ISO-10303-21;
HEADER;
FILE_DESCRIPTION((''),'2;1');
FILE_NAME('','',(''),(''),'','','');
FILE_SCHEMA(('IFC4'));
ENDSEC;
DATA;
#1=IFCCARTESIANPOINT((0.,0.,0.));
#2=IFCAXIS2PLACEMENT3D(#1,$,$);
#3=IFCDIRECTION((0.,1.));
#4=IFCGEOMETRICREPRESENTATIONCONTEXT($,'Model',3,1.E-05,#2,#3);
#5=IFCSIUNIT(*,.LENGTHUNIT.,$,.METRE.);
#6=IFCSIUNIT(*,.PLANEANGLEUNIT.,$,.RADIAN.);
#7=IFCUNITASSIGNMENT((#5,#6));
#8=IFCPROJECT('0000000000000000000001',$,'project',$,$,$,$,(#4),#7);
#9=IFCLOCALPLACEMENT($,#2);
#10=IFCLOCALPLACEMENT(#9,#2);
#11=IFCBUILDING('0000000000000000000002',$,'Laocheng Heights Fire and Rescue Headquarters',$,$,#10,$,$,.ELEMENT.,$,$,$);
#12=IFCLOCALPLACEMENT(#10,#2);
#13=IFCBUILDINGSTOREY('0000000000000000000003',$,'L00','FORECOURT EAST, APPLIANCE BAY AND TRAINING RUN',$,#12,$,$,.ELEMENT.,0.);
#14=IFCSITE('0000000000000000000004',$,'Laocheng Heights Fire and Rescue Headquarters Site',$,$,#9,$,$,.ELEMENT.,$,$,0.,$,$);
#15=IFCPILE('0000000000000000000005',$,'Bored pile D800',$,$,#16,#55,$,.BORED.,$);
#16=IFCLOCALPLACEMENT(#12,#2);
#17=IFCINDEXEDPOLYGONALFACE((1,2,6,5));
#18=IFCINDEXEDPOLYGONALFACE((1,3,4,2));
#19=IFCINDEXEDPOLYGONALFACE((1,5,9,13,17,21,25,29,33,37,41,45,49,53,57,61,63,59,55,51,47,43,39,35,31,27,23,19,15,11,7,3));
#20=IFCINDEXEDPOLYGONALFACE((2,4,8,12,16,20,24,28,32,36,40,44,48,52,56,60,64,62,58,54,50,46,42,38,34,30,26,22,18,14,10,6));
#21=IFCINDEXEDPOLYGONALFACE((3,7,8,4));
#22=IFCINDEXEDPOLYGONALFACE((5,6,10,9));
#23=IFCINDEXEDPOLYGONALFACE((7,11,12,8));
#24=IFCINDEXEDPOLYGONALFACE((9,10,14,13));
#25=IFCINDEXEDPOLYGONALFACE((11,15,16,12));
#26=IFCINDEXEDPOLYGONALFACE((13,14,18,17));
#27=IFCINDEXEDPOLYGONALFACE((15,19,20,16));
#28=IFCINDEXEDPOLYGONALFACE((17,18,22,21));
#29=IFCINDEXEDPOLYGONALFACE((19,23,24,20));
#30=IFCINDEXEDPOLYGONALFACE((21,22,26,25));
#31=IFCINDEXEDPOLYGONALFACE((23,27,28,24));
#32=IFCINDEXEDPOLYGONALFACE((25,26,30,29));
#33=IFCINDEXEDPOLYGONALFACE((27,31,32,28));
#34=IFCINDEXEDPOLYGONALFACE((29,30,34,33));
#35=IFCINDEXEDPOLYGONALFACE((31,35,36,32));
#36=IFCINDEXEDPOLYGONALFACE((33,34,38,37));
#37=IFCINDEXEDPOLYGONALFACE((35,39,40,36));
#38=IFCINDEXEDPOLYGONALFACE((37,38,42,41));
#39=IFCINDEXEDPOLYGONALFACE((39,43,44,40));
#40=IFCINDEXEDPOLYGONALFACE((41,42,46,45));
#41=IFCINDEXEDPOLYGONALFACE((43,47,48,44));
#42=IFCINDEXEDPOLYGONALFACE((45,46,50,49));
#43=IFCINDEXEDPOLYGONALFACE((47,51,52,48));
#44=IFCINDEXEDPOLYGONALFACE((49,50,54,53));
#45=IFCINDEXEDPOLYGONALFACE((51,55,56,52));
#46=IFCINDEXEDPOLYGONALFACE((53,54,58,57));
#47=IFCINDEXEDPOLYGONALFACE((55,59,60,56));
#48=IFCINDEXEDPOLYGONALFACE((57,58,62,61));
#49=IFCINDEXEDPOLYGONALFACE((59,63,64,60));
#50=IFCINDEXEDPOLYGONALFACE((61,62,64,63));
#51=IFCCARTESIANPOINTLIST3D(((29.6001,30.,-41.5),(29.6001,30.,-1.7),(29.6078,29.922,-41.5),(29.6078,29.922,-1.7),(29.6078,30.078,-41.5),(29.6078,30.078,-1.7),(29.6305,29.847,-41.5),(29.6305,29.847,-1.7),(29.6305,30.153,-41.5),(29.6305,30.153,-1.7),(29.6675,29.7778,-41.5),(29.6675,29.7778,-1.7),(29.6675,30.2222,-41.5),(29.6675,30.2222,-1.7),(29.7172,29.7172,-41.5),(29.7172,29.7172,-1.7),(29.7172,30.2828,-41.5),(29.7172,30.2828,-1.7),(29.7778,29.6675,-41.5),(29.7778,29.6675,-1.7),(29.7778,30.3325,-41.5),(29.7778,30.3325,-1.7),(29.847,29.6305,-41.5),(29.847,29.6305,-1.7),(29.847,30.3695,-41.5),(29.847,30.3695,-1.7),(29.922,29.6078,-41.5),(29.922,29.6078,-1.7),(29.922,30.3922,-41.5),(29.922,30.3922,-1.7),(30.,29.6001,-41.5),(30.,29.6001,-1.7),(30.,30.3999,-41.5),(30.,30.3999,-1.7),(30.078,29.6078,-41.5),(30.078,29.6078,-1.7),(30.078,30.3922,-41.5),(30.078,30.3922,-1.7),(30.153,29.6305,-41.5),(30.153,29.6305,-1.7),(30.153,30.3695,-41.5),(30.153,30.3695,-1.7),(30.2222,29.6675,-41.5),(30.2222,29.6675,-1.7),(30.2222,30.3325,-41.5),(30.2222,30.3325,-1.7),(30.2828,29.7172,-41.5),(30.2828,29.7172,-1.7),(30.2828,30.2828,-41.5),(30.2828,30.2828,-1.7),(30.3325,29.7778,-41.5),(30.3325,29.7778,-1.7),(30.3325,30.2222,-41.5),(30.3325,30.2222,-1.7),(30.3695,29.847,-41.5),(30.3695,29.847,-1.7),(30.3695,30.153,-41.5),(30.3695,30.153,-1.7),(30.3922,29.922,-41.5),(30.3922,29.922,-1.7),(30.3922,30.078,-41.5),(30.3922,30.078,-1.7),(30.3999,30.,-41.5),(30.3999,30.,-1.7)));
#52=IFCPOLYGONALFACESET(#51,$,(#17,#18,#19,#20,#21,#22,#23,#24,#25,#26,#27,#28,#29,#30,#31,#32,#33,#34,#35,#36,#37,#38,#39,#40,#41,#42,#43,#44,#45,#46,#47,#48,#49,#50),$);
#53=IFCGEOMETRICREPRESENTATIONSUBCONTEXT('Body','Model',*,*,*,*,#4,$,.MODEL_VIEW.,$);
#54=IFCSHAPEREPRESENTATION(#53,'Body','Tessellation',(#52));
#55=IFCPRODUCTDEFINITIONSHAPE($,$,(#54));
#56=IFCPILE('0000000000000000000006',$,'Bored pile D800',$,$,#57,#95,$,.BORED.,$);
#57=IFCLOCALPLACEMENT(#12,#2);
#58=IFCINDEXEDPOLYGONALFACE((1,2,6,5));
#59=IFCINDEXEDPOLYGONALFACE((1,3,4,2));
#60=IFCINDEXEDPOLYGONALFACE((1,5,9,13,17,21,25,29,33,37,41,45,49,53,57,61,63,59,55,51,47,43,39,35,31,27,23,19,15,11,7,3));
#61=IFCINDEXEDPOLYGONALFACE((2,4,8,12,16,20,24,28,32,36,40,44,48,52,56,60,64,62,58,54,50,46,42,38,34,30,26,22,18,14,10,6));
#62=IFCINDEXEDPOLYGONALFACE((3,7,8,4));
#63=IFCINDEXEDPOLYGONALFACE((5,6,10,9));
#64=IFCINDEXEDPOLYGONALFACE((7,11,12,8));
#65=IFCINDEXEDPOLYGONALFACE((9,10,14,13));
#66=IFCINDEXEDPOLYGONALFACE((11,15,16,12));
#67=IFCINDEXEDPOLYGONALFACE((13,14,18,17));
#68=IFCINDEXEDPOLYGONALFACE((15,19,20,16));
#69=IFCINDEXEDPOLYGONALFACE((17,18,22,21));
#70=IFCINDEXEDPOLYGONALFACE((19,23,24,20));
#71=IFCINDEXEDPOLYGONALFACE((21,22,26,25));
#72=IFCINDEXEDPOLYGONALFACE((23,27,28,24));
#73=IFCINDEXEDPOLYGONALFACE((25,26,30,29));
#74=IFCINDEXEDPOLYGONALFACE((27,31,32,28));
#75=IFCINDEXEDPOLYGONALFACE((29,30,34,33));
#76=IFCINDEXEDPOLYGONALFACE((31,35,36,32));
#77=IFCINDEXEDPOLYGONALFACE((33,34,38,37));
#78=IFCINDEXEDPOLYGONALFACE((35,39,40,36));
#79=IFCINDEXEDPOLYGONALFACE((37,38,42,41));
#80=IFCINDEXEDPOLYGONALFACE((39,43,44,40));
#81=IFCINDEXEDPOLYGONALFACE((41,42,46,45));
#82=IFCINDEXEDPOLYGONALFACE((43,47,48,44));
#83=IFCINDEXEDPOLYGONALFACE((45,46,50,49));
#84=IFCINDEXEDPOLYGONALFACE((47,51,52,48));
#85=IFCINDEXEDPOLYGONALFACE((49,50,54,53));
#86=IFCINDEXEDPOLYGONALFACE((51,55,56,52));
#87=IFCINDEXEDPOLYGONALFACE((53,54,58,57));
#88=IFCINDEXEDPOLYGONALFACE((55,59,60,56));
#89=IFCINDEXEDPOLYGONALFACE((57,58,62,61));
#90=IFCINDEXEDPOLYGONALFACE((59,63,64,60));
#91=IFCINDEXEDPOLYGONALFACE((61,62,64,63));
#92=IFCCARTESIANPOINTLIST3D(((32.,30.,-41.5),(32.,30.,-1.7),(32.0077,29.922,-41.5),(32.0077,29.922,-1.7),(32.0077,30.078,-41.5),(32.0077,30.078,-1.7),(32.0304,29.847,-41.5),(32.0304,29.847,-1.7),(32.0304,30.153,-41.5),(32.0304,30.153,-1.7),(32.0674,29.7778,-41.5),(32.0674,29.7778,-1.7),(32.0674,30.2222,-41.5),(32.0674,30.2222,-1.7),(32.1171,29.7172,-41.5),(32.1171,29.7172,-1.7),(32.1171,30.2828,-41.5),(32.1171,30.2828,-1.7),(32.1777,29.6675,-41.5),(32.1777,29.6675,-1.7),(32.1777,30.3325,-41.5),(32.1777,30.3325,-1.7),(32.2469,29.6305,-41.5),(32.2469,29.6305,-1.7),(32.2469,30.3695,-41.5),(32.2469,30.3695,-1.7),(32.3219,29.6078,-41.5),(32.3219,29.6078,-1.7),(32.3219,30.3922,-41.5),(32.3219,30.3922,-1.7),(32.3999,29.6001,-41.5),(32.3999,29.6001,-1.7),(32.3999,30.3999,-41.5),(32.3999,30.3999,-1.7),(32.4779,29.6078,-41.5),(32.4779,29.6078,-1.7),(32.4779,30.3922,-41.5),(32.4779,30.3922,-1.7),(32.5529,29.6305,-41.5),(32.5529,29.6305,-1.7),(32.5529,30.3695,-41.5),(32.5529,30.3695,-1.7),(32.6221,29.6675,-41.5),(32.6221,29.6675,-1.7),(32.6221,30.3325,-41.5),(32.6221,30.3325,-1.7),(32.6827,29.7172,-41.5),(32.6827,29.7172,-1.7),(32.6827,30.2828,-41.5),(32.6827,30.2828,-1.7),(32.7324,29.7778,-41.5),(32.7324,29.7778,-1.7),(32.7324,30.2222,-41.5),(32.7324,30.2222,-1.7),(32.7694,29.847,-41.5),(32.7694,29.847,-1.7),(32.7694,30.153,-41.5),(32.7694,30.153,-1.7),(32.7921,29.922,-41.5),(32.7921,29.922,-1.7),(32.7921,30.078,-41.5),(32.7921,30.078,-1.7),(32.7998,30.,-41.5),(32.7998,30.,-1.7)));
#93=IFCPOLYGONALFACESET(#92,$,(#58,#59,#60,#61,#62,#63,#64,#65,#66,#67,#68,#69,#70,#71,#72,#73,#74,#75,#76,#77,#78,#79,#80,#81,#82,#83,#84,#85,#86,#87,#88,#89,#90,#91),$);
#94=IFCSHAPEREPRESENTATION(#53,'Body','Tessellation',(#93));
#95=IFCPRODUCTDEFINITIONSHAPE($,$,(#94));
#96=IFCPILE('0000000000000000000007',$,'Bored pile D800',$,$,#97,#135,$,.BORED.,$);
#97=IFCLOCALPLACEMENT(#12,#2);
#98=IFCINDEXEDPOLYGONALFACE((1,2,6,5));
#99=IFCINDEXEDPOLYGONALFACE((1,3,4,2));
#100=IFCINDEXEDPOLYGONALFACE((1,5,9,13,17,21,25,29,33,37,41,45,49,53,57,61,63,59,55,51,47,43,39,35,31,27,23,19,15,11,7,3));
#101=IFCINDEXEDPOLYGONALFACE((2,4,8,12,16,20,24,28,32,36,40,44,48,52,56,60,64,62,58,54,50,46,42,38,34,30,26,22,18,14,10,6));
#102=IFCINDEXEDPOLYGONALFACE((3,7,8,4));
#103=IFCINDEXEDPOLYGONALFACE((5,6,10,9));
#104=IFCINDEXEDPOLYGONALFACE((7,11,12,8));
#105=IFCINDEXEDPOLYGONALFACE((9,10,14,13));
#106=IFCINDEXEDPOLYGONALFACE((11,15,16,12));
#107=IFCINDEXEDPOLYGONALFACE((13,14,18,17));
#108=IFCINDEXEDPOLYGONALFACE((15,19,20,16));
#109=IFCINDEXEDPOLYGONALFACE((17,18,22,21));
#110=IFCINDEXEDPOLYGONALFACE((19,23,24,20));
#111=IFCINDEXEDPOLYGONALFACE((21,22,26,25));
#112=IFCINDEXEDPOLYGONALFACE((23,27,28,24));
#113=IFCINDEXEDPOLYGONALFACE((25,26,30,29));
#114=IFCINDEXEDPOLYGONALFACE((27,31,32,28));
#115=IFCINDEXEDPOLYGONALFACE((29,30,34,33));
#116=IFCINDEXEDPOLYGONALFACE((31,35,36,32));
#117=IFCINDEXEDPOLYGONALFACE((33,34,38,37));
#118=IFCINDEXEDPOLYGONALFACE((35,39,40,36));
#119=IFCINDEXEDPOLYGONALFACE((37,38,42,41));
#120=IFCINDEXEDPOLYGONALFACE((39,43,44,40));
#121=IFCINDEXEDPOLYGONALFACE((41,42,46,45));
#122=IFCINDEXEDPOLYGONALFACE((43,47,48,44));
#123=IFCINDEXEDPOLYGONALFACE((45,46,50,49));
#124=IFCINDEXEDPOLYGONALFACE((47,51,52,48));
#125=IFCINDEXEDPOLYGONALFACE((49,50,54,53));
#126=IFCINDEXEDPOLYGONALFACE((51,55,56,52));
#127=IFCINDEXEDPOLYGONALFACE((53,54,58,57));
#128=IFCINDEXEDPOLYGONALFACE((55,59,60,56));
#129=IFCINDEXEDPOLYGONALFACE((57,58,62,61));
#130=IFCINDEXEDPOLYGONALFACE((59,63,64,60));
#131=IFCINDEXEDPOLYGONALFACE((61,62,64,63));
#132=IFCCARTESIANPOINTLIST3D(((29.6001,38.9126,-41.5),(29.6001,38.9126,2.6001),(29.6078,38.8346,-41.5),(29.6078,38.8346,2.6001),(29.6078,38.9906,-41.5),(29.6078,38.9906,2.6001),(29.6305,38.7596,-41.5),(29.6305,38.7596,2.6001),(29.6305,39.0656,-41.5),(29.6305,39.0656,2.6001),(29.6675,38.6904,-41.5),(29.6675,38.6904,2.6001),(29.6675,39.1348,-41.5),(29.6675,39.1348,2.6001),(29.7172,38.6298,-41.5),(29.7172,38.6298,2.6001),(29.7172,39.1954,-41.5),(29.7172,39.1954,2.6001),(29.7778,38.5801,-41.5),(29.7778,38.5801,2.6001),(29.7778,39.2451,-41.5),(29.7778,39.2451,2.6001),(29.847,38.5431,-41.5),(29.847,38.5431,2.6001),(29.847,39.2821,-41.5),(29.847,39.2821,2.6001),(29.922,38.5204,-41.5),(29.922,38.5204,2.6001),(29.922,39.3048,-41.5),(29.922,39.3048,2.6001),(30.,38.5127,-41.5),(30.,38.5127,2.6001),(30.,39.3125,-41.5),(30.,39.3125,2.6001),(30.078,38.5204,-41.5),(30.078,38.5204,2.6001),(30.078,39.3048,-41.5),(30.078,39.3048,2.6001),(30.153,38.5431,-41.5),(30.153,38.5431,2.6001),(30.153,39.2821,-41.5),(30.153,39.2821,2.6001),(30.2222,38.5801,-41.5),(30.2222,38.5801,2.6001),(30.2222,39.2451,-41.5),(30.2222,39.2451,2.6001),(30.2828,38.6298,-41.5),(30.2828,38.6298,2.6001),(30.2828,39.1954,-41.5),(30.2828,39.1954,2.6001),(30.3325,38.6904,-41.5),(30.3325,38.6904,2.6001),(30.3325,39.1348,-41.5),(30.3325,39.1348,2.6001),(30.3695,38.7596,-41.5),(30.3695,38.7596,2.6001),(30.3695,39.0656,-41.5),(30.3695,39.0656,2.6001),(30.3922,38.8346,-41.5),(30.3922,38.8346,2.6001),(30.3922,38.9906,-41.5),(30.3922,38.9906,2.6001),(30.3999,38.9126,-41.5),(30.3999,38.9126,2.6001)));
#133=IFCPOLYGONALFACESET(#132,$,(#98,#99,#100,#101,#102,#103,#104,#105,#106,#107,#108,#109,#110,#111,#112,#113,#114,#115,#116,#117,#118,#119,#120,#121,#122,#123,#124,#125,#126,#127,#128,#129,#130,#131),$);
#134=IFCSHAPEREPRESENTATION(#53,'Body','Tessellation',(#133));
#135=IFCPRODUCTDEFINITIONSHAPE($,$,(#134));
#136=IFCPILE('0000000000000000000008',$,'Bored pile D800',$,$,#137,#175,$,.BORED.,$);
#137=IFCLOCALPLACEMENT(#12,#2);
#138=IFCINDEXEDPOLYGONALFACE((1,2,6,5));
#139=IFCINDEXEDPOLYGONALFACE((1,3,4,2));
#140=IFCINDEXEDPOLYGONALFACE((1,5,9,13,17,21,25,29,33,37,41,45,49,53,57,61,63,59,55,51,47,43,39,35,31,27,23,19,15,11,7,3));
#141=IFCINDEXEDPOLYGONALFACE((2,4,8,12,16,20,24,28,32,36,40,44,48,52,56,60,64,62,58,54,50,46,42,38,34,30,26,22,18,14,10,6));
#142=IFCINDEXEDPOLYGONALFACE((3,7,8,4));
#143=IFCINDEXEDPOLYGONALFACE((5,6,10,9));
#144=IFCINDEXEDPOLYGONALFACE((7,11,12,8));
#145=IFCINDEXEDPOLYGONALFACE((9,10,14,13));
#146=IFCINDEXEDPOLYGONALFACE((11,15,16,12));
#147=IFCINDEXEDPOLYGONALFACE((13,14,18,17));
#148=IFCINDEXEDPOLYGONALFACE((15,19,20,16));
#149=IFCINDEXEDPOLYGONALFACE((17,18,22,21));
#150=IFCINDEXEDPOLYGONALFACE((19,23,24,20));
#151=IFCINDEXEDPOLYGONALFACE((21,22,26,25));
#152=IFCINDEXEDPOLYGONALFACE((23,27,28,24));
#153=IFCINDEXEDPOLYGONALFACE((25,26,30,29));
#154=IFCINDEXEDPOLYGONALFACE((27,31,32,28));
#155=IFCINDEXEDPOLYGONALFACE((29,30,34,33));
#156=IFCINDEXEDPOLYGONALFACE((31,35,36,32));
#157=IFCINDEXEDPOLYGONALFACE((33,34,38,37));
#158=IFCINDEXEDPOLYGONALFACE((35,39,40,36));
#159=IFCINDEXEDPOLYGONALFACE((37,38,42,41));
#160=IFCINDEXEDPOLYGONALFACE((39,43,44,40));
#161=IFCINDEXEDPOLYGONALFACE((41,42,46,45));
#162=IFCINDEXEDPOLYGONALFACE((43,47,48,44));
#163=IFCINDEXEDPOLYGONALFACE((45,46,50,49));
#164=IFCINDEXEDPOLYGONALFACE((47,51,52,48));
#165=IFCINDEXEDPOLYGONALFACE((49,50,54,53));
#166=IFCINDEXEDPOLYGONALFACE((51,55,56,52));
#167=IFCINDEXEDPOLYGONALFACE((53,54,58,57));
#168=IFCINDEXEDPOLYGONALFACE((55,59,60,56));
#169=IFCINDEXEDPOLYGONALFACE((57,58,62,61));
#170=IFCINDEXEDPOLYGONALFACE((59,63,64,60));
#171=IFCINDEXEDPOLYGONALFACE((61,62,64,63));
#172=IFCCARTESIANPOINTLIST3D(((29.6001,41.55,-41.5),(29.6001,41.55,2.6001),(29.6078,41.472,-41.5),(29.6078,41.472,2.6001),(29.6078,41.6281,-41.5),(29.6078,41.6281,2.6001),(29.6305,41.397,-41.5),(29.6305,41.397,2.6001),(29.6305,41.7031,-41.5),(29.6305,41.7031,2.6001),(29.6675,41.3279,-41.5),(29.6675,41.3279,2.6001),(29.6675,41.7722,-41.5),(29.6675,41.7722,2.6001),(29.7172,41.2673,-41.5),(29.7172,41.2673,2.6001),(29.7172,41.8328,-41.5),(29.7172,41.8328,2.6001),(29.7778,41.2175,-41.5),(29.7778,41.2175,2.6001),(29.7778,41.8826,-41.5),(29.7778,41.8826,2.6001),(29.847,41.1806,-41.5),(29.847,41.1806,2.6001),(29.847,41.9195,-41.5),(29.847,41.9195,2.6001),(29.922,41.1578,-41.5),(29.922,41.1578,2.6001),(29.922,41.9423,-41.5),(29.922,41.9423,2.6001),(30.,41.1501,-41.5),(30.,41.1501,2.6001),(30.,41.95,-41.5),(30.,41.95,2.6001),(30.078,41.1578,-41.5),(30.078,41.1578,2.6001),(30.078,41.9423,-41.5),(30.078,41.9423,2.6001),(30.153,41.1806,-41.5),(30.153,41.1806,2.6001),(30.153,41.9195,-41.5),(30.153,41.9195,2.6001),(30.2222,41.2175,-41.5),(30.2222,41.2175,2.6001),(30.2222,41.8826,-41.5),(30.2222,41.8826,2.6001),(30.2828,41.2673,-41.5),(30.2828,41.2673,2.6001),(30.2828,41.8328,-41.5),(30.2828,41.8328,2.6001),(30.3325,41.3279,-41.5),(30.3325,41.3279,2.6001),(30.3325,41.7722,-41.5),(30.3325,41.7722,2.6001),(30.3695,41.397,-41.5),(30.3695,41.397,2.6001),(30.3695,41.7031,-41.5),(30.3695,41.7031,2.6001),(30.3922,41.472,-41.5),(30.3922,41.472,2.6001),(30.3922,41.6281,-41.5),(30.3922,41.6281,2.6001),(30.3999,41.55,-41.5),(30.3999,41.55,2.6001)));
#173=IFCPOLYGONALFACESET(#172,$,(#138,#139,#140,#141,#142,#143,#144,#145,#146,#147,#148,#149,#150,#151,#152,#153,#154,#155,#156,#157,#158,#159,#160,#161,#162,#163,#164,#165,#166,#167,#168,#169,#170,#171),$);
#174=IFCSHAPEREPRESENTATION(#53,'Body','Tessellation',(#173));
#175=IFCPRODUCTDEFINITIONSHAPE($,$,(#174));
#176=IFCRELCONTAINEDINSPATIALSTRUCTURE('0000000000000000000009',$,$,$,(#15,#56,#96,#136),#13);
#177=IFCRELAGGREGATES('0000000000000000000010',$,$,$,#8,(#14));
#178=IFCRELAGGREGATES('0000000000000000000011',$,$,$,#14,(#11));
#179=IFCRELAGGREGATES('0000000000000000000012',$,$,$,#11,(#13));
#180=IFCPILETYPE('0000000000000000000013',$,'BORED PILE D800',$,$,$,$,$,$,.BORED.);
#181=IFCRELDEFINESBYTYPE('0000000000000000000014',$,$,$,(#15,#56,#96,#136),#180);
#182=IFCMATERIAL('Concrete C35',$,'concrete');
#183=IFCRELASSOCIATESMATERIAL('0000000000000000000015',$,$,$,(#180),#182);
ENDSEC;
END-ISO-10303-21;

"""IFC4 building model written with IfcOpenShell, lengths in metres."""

from ifc_helpers import new_model, si_unit, direction, frame, origin, origin_2d, place, context, subcontext, project, spatial, circle, extrude, material, material_profile, profile_set, type_object, element, save


model = new_model("IFC4")

# Units and contexts
model_context = context("Model", 3, precision=1e-05, world=origin(), true_north=direction((0.0, 1.0)))
body_context = subcontext(model_context, "Body", "Model", "MODEL_VIEW")
ifc_project = project(units=[si_unit("LENGTHUNIT", "METRE"), si_unit("PLANEANGLEUNIT", "RADIAN")], contexts=[model_context])

# Site, building, storey
site_placement = place(None, origin())
site = spatial("IfcSite", under=ifc_project, at=site_placement, Name="Laocheng Heights Fire and Rescue Headquarters Site", CompositionType="ELEMENT", RefElevation=0.0)
building_placement = place(site_placement, origin())
building = spatial("IfcBuilding", under=site, at=building_placement, Name="Laocheng Heights Fire and Rescue Headquarters", CompositionType="ELEMENT")
storey_placement = place(building_placement, origin())
storey = spatial("IfcBuildingStorey", under=building, at=storey_placement, Name="L00", Description="FORECOURT EAST, APPLIANCE BAY AND TRAINING RUN", CompositionType="ELEMENT", Elevation=0.0)

# Piles
ifc_material_1 = material(Name="Concrete C35", Category="concrete")
ifc_material_profile_1 = material_profile(ifc_material_1, circle(Radius=0.3999, at=origin_2d()), Name="BORED PILE D800")
ifc_profile_set_1 = profile_set([ifc_material_profile_1], Name="Concrete C35")
pile_type_1 = type_object("IfcPileType", Name="BORED PILE D800", PredefinedType="BORED", material=ifc_profile_set_1)
for number, where, z_axis, x_axis, name in (
    (1, (30.0, 30.0, -1.7), (0.0, 0.0, -1.0), (1.0, 0.0, 0.0), "Bored pile D800"),
    (2, (32.3999, 30.0, -1.7), (0.0, 0.0, -1.0), (1.0, 0.0, 0.0), "Bored pile D800"),
):
    element("IfcPile", number, at=place(storey_placement, frame(where, z_axis=z_axis, x_axis=x_axis)), inside=storey, type_object=pile_type_1, Name=name, PredefinedType="BORED", context=body_context, shape_type="SweptSolid", body=[
        extrude(circle(Radius=0.3999, at=origin_2d()), origin(), (0.0, 0.0, 1.0), 39.8),
    ])
for number, where, z_axis, x_axis, name in (
    (3, (30.0, 38.9126, 2.6001), (0.0, 0.0, -1.0), (1.0, 0.0, 0.0), "Bored pile D800"),
    (4, (30.0, 41.55, 2.6001), (0.0, 0.0, -1.0), (1.0, 0.0, 0.0), "Bored pile D800"),
):
    element("IfcPile", number, at=place(storey_placement, frame(where, z_axis=z_axis, x_axis=x_axis)), inside=storey, type_object=pile_type_1, Name=name, PredefinedType="BORED", context=body_context, shape_type="SweptSolid", body=[
        extrude(circle(Radius=0.3999, at=origin_2d()), origin(), (0.0, 0.0, 1.0), 44.1001),
    ])

save(model, "model.ifc")
